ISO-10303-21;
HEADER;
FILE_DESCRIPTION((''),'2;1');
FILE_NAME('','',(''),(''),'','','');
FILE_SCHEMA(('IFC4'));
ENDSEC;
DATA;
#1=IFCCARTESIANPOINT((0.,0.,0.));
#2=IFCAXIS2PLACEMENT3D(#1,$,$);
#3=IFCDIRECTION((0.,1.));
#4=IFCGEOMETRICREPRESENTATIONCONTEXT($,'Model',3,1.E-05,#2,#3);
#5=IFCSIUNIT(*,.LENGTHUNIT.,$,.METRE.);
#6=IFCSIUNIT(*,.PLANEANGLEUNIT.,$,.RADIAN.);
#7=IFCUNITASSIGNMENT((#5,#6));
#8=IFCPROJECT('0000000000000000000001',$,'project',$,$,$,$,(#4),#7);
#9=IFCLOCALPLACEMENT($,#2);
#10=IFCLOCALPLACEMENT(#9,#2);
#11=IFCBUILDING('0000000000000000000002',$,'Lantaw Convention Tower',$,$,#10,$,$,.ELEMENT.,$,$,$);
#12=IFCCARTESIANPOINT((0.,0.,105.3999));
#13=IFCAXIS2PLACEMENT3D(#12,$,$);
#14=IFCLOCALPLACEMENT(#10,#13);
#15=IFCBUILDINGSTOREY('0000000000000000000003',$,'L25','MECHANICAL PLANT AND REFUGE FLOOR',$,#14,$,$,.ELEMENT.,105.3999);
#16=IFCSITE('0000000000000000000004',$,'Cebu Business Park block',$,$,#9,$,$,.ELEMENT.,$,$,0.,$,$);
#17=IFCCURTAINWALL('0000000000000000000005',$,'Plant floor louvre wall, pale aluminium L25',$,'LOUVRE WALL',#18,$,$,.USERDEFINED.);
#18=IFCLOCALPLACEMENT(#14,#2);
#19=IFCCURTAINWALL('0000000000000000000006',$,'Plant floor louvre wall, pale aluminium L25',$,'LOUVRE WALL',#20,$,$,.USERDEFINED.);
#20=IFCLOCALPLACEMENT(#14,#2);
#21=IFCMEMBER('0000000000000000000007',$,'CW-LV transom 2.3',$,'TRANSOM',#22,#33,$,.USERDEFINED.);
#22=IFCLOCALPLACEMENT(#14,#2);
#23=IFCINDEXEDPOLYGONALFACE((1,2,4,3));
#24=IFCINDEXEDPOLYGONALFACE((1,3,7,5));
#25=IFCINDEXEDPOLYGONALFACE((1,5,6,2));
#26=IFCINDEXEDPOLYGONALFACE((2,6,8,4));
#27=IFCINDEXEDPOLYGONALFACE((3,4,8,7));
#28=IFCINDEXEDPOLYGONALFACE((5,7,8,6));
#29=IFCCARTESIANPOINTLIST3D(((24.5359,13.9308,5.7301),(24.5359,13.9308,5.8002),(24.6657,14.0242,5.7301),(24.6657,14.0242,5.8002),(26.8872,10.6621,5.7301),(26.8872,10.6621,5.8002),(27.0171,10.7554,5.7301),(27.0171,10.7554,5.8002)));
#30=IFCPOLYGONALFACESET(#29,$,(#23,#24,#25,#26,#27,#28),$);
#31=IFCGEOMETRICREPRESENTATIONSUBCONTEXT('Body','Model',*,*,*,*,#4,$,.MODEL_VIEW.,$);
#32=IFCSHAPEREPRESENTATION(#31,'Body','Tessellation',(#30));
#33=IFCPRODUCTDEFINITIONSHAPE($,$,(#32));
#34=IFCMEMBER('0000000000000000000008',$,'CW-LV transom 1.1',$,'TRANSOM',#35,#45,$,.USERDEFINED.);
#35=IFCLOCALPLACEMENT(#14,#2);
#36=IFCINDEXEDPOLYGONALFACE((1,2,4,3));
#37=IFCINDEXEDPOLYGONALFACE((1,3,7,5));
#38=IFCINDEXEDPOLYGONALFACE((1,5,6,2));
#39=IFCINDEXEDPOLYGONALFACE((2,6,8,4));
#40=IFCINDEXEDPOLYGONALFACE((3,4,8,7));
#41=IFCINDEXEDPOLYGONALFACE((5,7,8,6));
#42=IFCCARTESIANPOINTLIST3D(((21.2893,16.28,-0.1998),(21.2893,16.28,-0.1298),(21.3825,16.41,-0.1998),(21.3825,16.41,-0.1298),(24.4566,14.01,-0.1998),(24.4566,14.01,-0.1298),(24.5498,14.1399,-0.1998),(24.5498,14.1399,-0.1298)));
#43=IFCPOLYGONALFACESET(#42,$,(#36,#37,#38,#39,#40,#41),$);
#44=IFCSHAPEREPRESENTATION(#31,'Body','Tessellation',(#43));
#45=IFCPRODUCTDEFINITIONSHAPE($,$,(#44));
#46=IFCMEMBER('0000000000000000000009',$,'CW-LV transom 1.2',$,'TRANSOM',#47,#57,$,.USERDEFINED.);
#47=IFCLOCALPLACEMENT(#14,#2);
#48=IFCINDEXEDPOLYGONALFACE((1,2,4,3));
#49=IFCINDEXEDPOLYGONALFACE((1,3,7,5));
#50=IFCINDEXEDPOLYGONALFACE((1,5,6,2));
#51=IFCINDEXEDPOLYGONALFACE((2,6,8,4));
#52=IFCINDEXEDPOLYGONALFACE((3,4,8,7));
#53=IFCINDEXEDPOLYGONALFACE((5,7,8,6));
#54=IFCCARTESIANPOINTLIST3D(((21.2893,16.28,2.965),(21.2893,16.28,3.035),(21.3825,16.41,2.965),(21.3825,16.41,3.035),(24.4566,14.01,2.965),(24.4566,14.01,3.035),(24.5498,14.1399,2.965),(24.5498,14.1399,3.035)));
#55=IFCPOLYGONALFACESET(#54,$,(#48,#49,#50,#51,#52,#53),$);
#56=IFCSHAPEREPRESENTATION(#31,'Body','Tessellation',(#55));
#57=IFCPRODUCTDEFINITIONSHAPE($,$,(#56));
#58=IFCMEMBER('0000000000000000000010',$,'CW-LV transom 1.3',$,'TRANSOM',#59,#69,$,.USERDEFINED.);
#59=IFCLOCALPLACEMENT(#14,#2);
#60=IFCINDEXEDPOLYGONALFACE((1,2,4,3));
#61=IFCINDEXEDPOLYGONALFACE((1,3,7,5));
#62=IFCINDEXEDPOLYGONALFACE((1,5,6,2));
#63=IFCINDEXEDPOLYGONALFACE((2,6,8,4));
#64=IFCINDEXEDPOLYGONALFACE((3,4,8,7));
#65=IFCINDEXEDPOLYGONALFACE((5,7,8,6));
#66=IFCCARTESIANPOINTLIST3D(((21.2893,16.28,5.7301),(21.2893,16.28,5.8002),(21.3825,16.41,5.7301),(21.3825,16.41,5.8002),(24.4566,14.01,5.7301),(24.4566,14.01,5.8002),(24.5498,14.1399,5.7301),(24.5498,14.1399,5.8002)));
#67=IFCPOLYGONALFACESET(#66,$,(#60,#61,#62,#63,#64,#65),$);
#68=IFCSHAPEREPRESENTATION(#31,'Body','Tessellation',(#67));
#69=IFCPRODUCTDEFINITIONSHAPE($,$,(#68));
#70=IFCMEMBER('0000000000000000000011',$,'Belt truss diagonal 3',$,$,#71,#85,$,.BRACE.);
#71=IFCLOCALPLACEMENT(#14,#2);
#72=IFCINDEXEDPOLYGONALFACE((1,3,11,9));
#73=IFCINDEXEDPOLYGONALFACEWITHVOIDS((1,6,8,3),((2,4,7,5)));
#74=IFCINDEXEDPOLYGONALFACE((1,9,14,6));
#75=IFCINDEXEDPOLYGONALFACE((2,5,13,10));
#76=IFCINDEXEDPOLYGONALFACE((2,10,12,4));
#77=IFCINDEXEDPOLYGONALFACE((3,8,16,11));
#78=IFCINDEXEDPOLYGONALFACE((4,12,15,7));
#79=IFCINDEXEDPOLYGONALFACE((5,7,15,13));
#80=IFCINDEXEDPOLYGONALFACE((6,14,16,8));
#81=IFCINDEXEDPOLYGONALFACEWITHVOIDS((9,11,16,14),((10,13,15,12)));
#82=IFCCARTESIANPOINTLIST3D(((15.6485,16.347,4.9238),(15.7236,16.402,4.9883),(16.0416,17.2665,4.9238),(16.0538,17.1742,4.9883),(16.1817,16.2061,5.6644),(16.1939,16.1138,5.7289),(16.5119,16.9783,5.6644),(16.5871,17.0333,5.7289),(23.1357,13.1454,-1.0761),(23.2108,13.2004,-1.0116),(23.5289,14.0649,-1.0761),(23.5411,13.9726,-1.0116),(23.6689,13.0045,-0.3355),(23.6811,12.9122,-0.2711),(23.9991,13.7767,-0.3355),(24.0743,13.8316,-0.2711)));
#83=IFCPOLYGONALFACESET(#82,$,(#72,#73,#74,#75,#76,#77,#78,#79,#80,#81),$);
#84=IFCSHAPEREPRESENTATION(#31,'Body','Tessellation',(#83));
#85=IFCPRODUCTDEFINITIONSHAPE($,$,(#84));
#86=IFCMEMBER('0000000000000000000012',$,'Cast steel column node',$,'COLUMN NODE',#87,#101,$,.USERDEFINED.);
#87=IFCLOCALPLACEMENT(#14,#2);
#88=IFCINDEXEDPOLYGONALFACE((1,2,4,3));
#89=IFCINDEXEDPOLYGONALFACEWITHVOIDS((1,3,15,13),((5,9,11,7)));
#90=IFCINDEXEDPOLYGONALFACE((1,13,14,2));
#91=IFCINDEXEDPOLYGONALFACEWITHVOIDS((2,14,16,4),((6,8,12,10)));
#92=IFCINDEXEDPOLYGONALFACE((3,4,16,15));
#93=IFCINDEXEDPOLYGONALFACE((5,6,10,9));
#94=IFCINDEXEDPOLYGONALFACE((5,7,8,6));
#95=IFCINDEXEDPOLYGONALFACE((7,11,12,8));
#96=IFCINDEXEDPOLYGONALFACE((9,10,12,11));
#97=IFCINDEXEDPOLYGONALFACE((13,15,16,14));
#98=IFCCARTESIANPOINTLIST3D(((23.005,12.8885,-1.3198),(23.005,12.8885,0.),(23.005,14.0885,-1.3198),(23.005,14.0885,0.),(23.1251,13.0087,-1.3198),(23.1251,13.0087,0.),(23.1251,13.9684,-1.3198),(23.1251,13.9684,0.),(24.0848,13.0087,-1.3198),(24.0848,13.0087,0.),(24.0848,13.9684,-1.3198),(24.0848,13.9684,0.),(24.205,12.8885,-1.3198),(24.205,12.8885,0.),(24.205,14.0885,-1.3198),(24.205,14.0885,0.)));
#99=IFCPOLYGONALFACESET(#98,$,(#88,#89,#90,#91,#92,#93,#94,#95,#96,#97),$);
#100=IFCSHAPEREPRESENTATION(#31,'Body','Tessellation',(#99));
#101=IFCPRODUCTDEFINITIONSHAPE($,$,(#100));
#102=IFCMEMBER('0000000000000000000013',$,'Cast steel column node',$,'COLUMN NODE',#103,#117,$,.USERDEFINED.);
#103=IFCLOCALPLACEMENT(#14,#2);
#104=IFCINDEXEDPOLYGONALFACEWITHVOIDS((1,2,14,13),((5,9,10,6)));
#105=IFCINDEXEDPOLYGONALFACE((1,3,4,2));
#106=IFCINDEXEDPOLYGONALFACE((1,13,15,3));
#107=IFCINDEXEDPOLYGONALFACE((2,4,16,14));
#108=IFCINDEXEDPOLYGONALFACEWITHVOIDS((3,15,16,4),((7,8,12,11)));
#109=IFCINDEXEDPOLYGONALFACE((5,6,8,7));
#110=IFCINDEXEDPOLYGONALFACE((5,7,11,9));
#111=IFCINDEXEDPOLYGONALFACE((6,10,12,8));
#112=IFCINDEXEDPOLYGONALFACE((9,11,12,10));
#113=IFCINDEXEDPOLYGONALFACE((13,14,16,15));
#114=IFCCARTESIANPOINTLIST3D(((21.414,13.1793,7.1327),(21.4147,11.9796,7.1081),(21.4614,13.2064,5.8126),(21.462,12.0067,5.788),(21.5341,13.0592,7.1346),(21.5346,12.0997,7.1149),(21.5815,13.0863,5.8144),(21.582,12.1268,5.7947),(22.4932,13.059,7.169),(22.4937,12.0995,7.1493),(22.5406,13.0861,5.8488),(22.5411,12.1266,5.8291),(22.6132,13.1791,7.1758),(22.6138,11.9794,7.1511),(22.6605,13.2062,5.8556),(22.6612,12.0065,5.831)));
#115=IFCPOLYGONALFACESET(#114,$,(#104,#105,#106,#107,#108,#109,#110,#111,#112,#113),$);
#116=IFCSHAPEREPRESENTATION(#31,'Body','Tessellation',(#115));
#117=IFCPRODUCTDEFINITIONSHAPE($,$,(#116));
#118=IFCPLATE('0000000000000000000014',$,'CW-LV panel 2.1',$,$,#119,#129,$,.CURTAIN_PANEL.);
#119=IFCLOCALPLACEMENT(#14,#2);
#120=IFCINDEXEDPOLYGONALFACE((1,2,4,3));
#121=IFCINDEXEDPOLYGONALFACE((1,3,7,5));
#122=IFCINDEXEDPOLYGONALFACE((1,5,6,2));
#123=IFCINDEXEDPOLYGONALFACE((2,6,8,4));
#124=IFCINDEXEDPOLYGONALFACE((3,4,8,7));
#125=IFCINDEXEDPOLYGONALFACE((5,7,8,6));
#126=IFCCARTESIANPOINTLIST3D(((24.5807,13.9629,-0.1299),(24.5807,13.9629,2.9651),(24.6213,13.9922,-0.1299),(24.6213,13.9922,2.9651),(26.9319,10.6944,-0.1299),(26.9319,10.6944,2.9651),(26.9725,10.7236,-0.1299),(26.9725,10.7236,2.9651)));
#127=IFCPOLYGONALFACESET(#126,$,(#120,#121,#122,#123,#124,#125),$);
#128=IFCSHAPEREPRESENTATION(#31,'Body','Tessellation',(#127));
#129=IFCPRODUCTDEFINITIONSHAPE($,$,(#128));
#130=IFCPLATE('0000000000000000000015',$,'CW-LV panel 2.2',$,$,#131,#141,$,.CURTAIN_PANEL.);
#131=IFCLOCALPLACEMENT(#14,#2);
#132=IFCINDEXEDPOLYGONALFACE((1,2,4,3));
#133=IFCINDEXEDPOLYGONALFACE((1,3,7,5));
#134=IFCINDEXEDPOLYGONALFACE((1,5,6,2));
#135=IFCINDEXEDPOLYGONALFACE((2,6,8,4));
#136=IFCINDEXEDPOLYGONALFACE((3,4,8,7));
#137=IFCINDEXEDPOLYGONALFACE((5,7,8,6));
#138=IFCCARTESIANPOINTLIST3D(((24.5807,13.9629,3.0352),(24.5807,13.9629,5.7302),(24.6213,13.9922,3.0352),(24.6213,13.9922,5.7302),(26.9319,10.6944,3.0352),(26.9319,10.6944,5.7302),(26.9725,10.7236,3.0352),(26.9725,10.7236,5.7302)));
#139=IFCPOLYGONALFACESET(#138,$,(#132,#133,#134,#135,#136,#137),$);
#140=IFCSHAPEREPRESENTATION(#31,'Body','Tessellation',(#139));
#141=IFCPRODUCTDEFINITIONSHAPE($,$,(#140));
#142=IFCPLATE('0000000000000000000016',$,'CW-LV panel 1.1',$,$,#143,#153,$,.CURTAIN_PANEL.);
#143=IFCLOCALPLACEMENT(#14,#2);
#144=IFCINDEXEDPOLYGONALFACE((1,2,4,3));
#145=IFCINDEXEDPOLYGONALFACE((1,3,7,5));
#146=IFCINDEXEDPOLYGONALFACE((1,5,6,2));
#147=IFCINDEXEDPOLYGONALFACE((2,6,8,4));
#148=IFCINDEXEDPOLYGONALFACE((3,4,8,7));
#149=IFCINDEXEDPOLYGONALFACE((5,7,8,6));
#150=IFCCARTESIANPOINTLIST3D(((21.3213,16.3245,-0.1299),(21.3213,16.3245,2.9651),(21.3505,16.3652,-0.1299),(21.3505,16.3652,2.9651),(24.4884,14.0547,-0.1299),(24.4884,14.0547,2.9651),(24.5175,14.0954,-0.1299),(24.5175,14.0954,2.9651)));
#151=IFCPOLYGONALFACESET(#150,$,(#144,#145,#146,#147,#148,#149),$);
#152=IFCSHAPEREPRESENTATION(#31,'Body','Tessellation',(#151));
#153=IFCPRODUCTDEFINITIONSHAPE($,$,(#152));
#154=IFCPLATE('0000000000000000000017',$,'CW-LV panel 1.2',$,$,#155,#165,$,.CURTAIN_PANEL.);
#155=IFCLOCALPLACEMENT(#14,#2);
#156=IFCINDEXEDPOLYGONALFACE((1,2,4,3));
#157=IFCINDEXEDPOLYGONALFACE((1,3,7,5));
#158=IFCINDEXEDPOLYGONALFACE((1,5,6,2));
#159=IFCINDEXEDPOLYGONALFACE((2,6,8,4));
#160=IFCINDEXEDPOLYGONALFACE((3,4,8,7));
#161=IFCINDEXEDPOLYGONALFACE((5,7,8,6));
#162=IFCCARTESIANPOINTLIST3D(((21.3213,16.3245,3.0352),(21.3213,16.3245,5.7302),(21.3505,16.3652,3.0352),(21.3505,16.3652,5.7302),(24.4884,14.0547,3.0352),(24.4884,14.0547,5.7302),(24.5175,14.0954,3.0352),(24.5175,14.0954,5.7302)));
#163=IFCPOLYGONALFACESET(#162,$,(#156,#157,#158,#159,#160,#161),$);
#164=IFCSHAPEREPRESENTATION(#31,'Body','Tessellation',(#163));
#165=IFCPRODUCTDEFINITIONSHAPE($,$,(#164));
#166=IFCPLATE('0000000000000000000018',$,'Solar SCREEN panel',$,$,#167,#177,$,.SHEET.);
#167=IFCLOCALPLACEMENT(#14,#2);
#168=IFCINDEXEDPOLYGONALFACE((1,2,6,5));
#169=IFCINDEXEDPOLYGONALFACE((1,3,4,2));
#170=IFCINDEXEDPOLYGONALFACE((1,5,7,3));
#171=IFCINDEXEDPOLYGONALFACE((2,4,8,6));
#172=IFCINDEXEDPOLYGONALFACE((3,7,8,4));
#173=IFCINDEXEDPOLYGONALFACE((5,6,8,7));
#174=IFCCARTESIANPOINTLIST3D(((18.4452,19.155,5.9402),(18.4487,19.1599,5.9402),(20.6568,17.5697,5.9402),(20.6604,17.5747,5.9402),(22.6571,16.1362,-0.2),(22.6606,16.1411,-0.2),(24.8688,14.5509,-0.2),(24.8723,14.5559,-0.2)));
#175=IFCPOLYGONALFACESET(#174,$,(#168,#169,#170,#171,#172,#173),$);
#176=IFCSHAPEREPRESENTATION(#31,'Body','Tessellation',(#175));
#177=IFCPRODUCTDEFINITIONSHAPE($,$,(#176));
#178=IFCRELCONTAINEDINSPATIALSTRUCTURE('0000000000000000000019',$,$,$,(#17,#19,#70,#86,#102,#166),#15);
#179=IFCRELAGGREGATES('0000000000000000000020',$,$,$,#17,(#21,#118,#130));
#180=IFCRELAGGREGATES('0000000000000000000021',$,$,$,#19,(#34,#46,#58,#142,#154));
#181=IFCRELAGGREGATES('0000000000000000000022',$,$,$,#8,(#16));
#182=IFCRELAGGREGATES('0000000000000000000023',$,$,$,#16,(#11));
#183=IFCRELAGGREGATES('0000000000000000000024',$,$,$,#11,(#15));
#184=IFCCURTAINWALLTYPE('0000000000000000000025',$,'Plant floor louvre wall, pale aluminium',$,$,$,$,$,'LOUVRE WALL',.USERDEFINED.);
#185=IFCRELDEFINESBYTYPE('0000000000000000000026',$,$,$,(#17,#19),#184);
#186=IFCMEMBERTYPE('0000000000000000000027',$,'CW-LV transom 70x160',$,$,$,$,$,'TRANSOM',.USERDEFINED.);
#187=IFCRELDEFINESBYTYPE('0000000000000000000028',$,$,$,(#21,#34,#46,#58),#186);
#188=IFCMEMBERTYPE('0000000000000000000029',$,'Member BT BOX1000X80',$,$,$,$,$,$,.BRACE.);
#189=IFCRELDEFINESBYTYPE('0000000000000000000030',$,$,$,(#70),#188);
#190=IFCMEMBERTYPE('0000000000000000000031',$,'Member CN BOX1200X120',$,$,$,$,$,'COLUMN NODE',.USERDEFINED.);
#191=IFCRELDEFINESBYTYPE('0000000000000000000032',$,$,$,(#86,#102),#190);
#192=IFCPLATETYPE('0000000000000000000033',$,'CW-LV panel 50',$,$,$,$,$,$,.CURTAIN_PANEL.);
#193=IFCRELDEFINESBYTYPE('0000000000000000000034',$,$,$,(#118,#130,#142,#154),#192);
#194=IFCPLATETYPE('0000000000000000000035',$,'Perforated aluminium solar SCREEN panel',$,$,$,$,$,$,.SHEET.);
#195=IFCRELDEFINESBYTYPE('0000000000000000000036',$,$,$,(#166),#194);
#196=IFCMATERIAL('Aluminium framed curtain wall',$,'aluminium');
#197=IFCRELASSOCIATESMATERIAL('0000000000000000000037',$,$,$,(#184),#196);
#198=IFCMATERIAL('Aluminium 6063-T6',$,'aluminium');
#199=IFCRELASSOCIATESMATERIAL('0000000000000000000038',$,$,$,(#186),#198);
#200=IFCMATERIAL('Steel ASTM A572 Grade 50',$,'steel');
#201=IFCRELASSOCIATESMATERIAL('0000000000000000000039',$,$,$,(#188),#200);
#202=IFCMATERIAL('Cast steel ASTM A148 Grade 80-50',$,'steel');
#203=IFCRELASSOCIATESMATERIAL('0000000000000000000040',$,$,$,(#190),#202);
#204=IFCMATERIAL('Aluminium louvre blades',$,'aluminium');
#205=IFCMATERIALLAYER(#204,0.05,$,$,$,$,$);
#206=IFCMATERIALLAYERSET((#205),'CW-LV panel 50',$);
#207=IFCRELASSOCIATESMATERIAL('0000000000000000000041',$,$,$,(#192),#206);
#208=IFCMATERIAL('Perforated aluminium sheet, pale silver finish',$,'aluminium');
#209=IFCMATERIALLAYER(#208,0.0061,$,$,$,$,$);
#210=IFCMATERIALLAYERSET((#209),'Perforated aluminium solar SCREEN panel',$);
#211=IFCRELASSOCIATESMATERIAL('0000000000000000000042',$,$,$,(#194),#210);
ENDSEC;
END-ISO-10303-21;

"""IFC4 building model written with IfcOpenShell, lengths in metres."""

from ifc_helpers import new_model, si_unit, direction, frame, origin, origin_2d, place, context, subcontext, project, spatial, polyline, rectangle, hollow_rectangle, outline, extrude, material, layer, layer_set, material_profile, profile_set, type_object, element, aggregate, save


model = new_model("IFC4")

# Units and contexts
model_context = context("Model", 3, precision=1e-05, world=origin(), true_north=direction((0.0, 1.0)))
body_context = subcontext(model_context, "Body", "Model", "MODEL_VIEW")
ifc_project = project(units=[si_unit("LENGTHUNIT", "METRE"), si_unit("PLANEANGLEUNIT", "RADIAN")], contexts=[model_context])

# Site, building, storey
site_placement = place(None, origin())
site = spatial("IfcSite", under=ifc_project, at=site_placement, Name="Cebu Business Park block", CompositionType="ELEMENT", RefElevation=0.0)
building_placement = place(site_placement, origin())
building = spatial("IfcBuilding", under=site, at=building_placement, Name="Lantaw Convention Tower", CompositionType="ELEMENT")
storey_placement = place(building_placement, frame((0.0, 0.0, 105.3999)))
storey = spatial("IfcBuildingStorey", under=building, at=storey_placement, Name="L25", Description="MECHANICAL PLANT AND REFUGE FLOOR", CompositionType="ELEMENT", Elevation=105.3999)

# Curtain wall
ifc_material_1 = material(Name="Aluminium framed curtain wall", Category="aluminium")
curtain_wall_type = type_object("IfcCurtainWallType", Name="Plant floor louvre wall, pale aluminium", ElementType="LOUVRE WALL", PredefinedType="USERDEFINED", material=ifc_material_1)
curtain_wall_1_placement = place(storey_placement, origin())
curtain_wall_1 = element("IfcCurtainWall", 1, at=curtain_wall_1_placement, inside=storey, type_object=curtain_wall_type, Name="Plant floor louvre wall, pale aluminium L25", ObjectType="LOUVRE WALL", PredefinedType="USERDEFINED")
ifc_material_2 = material(Name="Aluminium 6063-T6", Category="aluminium")

# Curtain wall
curtain_wall_2_placement = place(storey_placement, origin())
curtain_wall_2 = element("IfcCurtainWall", 2, at=curtain_wall_2_placement, inside=storey, type_object=curtain_wall_type, Name="Plant floor louvre wall, pale aluminium L25", ObjectType="LOUVRE WALL", PredefinedType="USERDEFINED")

# Members
ifc_material_profile_1 = material_profile(ifc_material_2, rectangle(XDim=0.1599, YDim=0.0701, at=origin_2d()), Name="CW-LV transom 70x160")
ifc_profile_set_1 = profile_set([ifc_material_profile_1], Name="Aluminium 6063-T6")
member_type_1 = type_object("IfcMemberType", Name="CW-LV transom 70x160", ElementType="TRANSOM", PredefinedType="USERDEFINED", material=ifc_profile_set_1)
member_1_placement = place(storey_placement, frame((26.9521, 10.7087, 5.7651), z_axis=(-0.583942, 0.811795, 0.0), x_axis=(-0.811795, -0.583942, 0.0)))
member_1 = element("IfcMember", 3, at=member_1_placement, type_object=member_type_1, Name="CW-LV transom 2.3", ObjectType="TRANSOM", PredefinedType="USERDEFINED", context=body_context, shape_type="SweptSolid", body=[
    extrude(rectangle(XDim=0.1599, YDim=0.0701, at=origin_2d()), origin(), (0.0, 0.0, 1.0), 4.0266),
])
member_2_placement = place(storey_placement, frame((24.5032, 14.075, -0.1648), z_axis=(-0.812797, 0.582547, 0.0), x_axis=(-0.582547, -0.812797, 0.0)))
member_2 = element("IfcMember", 4, at=member_2_placement, type_object=member_type_1, Name="CW-LV transom 1.1", ObjectType="TRANSOM", PredefinedType="USERDEFINED", context=body_context, shape_type="SweptSolid", body=[
    extrude(rectangle(XDim=0.1599, YDim=0.0701, at=origin_2d()), origin(), (0.0, 0.0, 1.0), 3.8967),
])
member_3_placement = place(storey_placement, frame((24.5032, 14.075, 3.0), z_axis=(-0.812797, 0.582547, 0.0), x_axis=(-0.582547, -0.812797, 0.0)))
member_3 = element("IfcMember", 5, at=member_3_placement, type_object=member_type_1, Name="CW-LV transom 1.2", ObjectType="TRANSOM", PredefinedType="USERDEFINED", context=body_context, shape_type="SweptSolid", body=[
    extrude(rectangle(XDim=0.1599, YDim=0.0701, at=origin_2d()), origin(), (0.0, 0.0, 1.0), 3.8967),
])
member_4_placement = place(storey_placement, frame((24.5032, 14.075, 5.7651), z_axis=(-0.812797, 0.582547, 0.0), x_axis=(-0.582547, -0.812797, 0.0)))
member_4 = element("IfcMember", 6, at=member_4_placement, type_object=member_type_1, Name="CW-LV transom 1.3", ObjectType="TRANSOM", PredefinedType="USERDEFINED", context=body_context, shape_type="SweptSolid", body=[
    extrude(rectangle(XDim=0.1599, YDim=0.0701, at=origin_2d()), origin(), (0.0, 0.0, 1.0), 3.8967),
])

# Members
ifc_material_3 = material(Name="Steel ASTM A572 Grade 50", Category="steel")
ifc_material_profile_2 = material_profile(ifc_material_3, hollow_rectangle(XDim=1.0, YDim=1.0, WallThickness=0.0801, at=origin_2d()), Name="BOX1000X80")
ifc_profile_set_2 = profile_set([ifc_material_profile_2], Name="Steel ASTM A572 Grade 50")
member_type_2 = type_object("IfcMemberType", Name="Member BT BOX1000X80", PredefinedType="BRACE", material=ifc_profile_set_2)
member_5_placement = place(storey_placement, frame((23.605, 13.4885, -0.6736), z_axis=(-0.740228, 0.31653, 0.593187), x_axis=(-0.393174, -0.919464, 0.0)))
element("IfcMember", 7, at=member_5_placement, inside=storey, type_object=member_type_2, Name="Belt truss diagonal 3", PredefinedType="BRACE", context=body_context, shape_type="SweptSolid", body=[
    extrude(hollow_rectangle(XDim=1.0, YDim=1.0, WallThickness=0.0801, at=origin_2d()), origin(), (0.0, 0.0, 1.0), 10.1147),
])
ifc_material_4 = material(Name="Cast steel ASTM A148 Grade 80-50", Category="steel")
ifc_material_profile_3 = material_profile(ifc_material_4, hollow_rectangle(XDim=1.2, YDim=1.2, WallThickness=0.1201, at=origin_2d()), Name="BOX1200X120")
ifc_profile_set_3 = profile_set([ifc_material_profile_3], Name="Cast steel ASTM A148 Grade 80-50")
member_type_3 = type_object("IfcMemberType", Name="Member CN BOX1200X120", ElementType="COLUMN NODE", PredefinedType="USERDEFINED", material=ifc_profile_set_3)
member_6_placement = place(storey_placement, frame((23.605, 13.4885, -1.3198), z_axis=(0.0, 0.0, 1.0), x_axis=(1.0, 0.0, 0.0)))
element("IfcMember", 8, at=member_6_placement, inside=storey, type_object=member_type_3, Name="Cast steel column node", ObjectType="COLUMN NODE", PredefinedType="USERDEFINED", context=body_context, shape_type="SweptSolid", body=[
    extrude(hollow_rectangle(XDim=1.2, YDim=1.2, WallThickness=0.1201, at=origin_2d()), origin(), (0.0, 0.0, 1.0), 1.3198),
])
member_7_placement = place(storey_placement, frame((22.0613, 12.6064, 5.8218), z_axis=(-0.035849, -0.020511, 0.999147), x_axis=(0.999357, -0.000172, 0.035853)))
element("IfcMember", 9, at=member_7_placement, inside=storey, type_object=member_type_3, Name="Cast steel column node", ObjectType="COLUMN NODE", PredefinedType="USERDEFINED", context=body_context, shape_type="SweptSolid", body=[
    extrude(hollow_rectangle(XDim=1.2, YDim=1.2, WallThickness=0.1201, at=origin_2d()), origin(), (0.0, 0.0, 1.0), 1.3213),
])

# Plates
ifc_material_5 = material(Name="Aluminium louvre blades", Category="aluminium")
ifc_layer_1 = layer(ifc_material_5, 0.05)
ifc_layer_set_1 = layer_set([ifc_layer_1], Name="CW-LV panel 50")
plate_type_1 = type_object("IfcPlateType", Name="CW-LV panel 50", PredefinedType="CURTAIN_PANEL", material=ifc_layer_set_1)
plate_1_placement = place(storey_placement, frame((25.7766, 12.3433, -0.1299), z_axis=(0.0, 0.0, 1.0), x_axis=(-0.583951, 0.811789, 0.0)))
plate_1 = element("IfcPlate", 10, at=plate_1_placement, type_object=plate_type_1, Name="CW-LV panel 2.1", PredefinedType="CURTAIN_PANEL", context=body_context, shape_type="SweptSolid", body=[
    extrude(rectangle(XDim=4.0264, YDim=0.05, at=origin_2d()), origin(), (0.0, 0.0, 1.0), 3.095),
])
plate_2_placement = place(storey_placement, frame((25.7766, 12.3433, 3.0352), z_axis=(0.0, 0.0, 1.0), x_axis=(-0.583951, 0.811789, 0.0)))
plate_2 = element("IfcPlate", 11, at=plate_2_placement, type_object=plate_type_1, Name="CW-LV panel 2.2", PredefinedType="CURTAIN_PANEL", context=body_context, shape_type="SweptSolid", body=[
    extrude(rectangle(XDim=4.0264, YDim=0.05, at=origin_2d()), origin(), (0.0, 0.0, 1.0), 2.6951),
])
aggregate(curtain_wall_1, [member_1, plate_1, plate_2])
plate_3_placement = place(storey_placement, frame((22.9194, 15.21, -0.1299), z_axis=(0.0, 0.0, 1.0), x_axis=(-0.812804, 0.582538, 0.0)))
plate_3 = element("IfcPlate", 12, at=plate_3_placement, type_object=plate_type_1, Name="CW-LV panel 1.1", PredefinedType="CURTAIN_PANEL", context=body_context, shape_type="SweptSolid", body=[
    extrude(rectangle(XDim=3.8965, YDim=0.05, at=origin_2d()), origin(), (0.0, 0.0, 1.0), 3.095),
])
plate_4_placement = place(storey_placement, frame((22.9194, 15.21, 3.0352), z_axis=(0.0, 0.0, 1.0), x_axis=(-0.812804, 0.582538, 0.0)))
plate_4 = element("IfcPlate", 13, at=plate_4_placement, type_object=plate_type_1, Name="CW-LV panel 1.2", PredefinedType="CURTAIN_PANEL", context=body_context, shape_type="SweptSolid", body=[
    extrude(rectangle(XDim=3.8965, YDim=0.05, at=origin_2d()), origin(), (0.0, 0.0, 1.0), 2.6951),
])
aggregate(curtain_wall_2, [member_2, member_3, member_4, plate_3, plate_4])
ifc_material_6 = material(Name="Perforated aluminium sheet, pale silver finish", Category="aluminium")
ifc_layer_2 = layer(ifc_material_6, 0.0061)
ifc_layer_set_2 = layer_set([ifc_layer_2], Name="Perforated aluminium solar SCREEN panel")
plate_type_2 = type_object("IfcPlateType", Name="Perforated aluminium solar SCREEN panel", PredefinedType="SHEET", material=ifc_layer_set_2)
plate_5_placement = place(storey_placement, frame((24.8723, 14.5559, -0.2), z_axis=(0.582561, 0.812787, 0.00001), x_axis=(-0.812787, 0.582561, 0.0)))
element("IfcPlate", 14, at=plate_5_placement, inside=storey, type_object=plate_type_2, Name="Solar SCREEN panel", PredefinedType="SHEET", context=body_context, shape_type="SweptSolid", body=[
    extrude(outline(polyline([(0.0, 0.0), (2.7211, 0.0), (7.9031, 6.1401), (5.182, 6.1401), (0.0, 0.0)])), origin(), (0.0, 0.0, -1.0), 0.0061),
])

save(model, "model.ifc")
